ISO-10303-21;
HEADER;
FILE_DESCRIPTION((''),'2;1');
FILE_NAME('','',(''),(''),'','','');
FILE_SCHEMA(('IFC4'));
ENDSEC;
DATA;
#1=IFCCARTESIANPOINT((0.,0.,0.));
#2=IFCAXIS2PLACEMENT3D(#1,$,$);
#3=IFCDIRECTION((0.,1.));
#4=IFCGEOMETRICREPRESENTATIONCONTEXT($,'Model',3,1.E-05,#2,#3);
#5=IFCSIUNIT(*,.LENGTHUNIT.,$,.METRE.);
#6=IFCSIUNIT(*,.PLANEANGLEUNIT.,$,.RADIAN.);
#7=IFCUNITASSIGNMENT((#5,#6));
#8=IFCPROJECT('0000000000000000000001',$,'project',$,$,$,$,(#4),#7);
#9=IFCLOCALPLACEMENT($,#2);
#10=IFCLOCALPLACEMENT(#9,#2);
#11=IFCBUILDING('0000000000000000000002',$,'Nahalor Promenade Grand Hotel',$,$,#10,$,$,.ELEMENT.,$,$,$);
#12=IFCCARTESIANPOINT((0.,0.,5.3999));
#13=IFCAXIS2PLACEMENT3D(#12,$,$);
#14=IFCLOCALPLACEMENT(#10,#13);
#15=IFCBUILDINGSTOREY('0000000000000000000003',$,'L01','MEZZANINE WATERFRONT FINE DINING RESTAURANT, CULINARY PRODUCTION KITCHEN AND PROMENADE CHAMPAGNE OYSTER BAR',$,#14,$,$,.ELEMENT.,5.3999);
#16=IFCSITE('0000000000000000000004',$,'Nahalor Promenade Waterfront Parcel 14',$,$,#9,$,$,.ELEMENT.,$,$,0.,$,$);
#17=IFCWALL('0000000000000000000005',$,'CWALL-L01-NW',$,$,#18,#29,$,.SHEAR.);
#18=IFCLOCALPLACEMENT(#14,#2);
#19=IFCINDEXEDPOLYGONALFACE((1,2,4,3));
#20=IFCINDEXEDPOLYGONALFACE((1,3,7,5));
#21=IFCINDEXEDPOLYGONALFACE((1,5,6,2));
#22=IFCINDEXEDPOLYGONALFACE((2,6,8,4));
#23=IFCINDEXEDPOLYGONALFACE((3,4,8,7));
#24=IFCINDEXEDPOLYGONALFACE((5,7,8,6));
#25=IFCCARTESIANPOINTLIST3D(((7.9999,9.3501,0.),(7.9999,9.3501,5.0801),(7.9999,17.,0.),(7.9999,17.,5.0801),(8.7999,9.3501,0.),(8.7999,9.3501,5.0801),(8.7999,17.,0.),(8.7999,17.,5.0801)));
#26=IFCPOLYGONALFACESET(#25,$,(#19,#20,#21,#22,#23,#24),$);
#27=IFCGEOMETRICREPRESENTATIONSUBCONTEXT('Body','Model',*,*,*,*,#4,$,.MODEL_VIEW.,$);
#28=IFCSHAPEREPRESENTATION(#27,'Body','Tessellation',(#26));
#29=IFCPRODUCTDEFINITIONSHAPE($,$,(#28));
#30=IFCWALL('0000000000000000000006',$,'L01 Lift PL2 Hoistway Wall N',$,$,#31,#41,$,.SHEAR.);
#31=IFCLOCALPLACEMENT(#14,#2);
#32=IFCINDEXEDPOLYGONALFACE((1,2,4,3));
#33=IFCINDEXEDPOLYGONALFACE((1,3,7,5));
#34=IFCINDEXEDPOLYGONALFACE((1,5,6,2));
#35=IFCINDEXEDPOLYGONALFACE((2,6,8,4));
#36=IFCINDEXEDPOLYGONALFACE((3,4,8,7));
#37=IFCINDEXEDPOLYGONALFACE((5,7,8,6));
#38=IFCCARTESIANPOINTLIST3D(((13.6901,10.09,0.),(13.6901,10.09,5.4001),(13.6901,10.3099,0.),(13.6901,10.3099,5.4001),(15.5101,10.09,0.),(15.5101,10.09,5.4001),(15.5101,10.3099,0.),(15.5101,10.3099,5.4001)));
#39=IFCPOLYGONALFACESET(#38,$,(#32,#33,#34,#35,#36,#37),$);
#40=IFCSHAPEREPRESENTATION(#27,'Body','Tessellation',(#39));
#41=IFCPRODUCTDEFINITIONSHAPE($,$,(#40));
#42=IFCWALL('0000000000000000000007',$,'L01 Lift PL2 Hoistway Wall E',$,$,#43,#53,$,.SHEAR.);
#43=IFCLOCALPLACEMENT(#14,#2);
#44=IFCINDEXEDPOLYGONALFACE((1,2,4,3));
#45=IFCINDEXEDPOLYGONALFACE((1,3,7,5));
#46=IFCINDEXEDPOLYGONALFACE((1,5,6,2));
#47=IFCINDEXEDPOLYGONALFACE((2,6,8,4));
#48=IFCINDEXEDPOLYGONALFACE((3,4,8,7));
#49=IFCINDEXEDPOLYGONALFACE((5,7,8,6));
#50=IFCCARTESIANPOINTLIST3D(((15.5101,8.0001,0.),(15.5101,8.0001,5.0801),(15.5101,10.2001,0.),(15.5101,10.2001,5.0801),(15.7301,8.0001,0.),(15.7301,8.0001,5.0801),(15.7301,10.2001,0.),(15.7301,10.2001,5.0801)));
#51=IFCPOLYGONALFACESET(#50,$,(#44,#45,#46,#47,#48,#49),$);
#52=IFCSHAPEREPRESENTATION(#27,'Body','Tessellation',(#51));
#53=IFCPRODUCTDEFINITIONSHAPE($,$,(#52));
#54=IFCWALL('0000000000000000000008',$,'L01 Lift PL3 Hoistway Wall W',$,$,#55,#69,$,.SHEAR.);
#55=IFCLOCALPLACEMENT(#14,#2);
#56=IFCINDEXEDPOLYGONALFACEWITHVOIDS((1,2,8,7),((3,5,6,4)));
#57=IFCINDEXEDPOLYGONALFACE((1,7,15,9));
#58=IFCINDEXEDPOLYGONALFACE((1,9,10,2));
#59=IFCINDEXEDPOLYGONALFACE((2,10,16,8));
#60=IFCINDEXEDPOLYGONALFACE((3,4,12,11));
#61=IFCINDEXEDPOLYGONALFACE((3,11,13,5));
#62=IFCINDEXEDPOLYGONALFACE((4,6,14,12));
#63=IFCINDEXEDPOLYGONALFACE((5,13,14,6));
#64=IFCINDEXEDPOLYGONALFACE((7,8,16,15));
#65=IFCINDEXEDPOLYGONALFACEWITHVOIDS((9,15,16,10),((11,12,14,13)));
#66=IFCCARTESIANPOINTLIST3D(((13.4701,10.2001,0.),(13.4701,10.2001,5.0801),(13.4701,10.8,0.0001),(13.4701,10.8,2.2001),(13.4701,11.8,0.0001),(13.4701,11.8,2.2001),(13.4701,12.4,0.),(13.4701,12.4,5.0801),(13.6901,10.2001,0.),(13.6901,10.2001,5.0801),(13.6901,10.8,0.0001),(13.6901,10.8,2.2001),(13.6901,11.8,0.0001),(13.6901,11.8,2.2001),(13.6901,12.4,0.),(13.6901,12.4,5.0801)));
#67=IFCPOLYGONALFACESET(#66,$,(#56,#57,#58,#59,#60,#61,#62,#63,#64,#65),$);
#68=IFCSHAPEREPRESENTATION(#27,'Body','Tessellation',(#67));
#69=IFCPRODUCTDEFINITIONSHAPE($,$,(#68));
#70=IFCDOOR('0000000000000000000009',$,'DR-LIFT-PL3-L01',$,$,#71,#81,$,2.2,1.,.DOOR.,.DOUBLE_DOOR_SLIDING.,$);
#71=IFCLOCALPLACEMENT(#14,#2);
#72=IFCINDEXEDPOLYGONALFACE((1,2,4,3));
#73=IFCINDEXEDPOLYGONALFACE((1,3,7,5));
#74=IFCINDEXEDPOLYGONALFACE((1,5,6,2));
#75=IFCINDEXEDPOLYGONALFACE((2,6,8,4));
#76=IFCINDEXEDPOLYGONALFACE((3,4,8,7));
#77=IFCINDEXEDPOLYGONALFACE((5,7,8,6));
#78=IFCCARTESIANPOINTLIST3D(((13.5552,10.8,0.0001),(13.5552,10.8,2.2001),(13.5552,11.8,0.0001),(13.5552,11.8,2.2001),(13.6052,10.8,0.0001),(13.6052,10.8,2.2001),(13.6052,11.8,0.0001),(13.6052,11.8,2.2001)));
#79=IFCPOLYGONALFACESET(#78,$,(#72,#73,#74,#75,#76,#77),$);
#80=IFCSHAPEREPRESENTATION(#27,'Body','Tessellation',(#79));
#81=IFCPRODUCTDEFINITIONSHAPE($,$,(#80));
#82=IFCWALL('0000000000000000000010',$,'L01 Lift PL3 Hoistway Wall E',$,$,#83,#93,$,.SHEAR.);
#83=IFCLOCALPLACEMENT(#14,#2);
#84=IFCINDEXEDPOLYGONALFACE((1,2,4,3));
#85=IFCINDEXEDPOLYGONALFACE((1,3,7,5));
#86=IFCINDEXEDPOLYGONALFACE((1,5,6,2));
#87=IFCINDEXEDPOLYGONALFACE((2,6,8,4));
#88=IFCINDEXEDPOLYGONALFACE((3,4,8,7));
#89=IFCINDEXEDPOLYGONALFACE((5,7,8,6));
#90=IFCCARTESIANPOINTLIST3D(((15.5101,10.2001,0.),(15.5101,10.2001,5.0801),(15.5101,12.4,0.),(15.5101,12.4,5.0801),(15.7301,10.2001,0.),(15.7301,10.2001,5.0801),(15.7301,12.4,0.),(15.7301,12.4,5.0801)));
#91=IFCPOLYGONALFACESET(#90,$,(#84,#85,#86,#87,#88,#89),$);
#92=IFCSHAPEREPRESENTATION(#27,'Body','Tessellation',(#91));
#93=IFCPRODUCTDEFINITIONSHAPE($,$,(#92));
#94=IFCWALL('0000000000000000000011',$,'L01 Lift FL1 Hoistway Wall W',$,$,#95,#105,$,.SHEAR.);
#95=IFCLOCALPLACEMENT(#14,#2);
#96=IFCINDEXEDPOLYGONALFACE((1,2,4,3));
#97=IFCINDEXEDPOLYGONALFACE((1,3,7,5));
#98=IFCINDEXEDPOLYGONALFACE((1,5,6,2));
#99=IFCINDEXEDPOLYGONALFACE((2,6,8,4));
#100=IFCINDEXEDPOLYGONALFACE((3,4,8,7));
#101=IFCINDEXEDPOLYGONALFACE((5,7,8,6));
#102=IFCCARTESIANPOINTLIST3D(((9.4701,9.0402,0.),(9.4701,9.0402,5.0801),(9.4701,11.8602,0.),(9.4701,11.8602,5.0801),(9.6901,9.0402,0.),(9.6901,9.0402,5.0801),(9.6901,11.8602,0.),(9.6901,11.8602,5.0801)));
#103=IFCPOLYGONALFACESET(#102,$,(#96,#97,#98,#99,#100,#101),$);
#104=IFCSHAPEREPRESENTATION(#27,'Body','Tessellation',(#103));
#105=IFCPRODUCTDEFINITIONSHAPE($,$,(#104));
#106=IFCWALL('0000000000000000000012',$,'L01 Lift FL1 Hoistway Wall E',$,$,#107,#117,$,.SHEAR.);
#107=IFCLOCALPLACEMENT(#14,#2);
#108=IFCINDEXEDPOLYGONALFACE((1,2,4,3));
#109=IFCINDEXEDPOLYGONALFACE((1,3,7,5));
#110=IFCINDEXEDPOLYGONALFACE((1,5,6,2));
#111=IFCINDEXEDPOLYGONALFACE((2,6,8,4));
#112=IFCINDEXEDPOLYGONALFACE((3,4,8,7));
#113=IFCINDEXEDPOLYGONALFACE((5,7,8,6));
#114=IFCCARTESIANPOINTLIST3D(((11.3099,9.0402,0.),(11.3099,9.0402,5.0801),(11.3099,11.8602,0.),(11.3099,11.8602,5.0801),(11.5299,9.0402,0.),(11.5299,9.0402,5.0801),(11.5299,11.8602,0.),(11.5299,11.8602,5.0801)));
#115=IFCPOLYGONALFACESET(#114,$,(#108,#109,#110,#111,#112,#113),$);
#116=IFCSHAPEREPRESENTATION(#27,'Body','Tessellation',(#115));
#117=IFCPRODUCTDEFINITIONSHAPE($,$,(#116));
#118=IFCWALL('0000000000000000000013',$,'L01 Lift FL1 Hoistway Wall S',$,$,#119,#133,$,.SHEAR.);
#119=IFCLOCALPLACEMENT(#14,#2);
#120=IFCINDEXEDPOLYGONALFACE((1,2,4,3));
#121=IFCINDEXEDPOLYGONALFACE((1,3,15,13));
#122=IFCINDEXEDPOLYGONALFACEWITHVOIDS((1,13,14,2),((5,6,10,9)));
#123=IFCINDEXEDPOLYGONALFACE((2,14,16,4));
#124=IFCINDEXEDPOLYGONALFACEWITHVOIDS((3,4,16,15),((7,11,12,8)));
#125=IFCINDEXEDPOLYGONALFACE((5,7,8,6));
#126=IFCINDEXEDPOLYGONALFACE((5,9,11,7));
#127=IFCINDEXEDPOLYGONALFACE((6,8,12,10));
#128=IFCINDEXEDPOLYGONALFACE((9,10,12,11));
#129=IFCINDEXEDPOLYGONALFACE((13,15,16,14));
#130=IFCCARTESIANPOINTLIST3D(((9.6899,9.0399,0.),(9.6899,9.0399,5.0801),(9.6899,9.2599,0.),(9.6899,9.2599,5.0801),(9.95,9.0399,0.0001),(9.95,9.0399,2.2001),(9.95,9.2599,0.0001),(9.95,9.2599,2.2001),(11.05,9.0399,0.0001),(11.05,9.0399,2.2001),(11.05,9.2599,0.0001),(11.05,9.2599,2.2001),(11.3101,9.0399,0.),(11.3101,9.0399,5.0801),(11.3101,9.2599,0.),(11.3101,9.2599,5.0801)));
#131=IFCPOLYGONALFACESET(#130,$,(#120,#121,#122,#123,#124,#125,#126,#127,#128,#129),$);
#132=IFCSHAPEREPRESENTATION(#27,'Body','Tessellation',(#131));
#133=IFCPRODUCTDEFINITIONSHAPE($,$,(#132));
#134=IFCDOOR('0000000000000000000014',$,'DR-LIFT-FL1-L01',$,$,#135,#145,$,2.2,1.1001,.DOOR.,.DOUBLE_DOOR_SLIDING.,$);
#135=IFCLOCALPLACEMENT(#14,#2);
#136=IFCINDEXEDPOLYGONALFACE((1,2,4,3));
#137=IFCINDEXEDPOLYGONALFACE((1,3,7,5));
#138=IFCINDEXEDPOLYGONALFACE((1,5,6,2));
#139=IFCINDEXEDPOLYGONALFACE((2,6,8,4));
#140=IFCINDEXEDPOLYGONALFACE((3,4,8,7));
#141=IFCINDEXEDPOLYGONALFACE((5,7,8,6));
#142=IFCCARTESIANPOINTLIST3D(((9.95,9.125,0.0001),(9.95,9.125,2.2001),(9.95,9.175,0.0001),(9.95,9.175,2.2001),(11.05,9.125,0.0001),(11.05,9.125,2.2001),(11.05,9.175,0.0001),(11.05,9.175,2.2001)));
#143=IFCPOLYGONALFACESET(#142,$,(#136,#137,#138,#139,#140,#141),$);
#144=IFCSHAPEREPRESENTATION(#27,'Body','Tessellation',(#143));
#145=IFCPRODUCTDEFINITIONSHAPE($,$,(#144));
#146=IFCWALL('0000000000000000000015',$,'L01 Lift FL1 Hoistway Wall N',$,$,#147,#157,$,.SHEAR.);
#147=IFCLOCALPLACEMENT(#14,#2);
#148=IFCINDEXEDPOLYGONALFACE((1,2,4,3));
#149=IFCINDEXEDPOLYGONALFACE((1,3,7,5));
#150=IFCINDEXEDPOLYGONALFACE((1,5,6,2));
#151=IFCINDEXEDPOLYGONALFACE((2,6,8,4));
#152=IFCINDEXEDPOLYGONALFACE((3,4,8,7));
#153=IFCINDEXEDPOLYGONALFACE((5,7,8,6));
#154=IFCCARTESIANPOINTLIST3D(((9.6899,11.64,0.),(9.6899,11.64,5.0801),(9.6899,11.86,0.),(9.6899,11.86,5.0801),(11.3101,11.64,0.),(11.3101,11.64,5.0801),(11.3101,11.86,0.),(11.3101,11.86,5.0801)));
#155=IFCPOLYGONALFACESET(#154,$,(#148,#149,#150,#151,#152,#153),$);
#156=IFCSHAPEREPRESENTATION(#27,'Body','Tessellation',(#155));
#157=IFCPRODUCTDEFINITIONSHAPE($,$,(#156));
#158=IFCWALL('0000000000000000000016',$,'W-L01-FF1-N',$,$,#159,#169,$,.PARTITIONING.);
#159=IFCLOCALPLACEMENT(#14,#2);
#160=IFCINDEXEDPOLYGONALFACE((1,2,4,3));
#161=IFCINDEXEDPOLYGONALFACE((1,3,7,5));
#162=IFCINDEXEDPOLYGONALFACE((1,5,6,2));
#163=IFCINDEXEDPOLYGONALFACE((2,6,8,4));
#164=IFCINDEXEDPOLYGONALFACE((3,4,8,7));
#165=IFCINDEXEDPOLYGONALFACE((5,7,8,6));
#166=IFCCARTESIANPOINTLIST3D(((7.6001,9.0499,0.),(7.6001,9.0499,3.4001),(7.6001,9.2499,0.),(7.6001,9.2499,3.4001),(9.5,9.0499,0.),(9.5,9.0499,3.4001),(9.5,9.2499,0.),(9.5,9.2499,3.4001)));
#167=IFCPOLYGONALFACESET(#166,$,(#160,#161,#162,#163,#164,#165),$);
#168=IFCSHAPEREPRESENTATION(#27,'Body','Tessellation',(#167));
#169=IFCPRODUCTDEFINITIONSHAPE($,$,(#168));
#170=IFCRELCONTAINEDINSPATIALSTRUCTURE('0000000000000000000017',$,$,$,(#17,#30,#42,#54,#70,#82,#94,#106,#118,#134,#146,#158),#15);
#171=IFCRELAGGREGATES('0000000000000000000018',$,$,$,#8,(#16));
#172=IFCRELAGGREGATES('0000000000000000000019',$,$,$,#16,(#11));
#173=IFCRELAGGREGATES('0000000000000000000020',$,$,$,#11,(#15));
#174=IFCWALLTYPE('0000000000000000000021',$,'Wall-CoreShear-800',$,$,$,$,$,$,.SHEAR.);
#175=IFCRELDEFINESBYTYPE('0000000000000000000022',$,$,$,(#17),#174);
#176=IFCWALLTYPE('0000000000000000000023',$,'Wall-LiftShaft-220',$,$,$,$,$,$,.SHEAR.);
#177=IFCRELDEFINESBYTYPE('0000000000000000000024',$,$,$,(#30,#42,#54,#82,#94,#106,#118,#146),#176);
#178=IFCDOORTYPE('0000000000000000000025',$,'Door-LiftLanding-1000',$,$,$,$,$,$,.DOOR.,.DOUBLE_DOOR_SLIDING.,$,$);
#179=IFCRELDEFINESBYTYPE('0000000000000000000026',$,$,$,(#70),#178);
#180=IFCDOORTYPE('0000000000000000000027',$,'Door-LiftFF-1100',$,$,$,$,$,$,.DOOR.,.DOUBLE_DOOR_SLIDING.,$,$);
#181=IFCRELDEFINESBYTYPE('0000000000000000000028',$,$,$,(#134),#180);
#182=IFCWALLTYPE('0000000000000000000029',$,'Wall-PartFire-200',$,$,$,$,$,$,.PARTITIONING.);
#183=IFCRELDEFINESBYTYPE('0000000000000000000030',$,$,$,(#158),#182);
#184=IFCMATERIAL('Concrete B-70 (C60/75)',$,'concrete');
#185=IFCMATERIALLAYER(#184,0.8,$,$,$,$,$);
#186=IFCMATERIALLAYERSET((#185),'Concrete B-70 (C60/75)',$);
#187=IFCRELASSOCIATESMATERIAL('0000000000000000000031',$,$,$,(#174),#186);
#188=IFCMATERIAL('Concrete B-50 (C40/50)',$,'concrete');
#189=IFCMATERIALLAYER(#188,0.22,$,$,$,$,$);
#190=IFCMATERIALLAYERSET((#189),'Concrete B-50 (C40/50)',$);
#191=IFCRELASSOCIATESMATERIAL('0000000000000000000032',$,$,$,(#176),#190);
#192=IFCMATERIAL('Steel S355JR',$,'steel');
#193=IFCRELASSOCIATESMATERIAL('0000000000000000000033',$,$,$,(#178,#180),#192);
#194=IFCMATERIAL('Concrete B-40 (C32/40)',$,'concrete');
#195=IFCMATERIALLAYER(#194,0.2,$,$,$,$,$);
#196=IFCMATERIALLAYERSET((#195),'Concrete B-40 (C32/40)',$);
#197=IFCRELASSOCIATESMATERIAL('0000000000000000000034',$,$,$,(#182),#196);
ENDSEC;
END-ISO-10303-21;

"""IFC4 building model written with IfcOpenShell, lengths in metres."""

from ifc_helpers import new_model, si_unit, direction, frame, frame_2d, origin, place, context, subcontext, project, spatial, rectangle, extrude, source, transform, mapped, material, layer, layer_set, type_object, element, fill, save


model = new_model("IFC4")

# Units and contexts
model_context = context("Model", 3, precision=1e-05, world=origin(), true_north=direction((0.0, 1.0)))
body_context = subcontext(model_context, "Body", "Model", "MODEL_VIEW")
ifc_project = project(units=[si_unit("LENGTHUNIT", "METRE"), si_unit("PLANEANGLEUNIT", "RADIAN")], contexts=[model_context])

# Site, building, storey
site_placement = place(None, origin())
site = spatial("IfcSite", under=ifc_project, at=site_placement, Name="Nahalor Promenade Waterfront Parcel 14", CompositionType="ELEMENT", RefElevation=0.0)
building_placement = place(site_placement, origin())
building = spatial("IfcBuilding", under=site, at=building_placement, Name="Nahalor Promenade Grand Hotel", CompositionType="ELEMENT")
storey_placement = place(building_placement, frame((0.0, 0.0, 5.3999)))
storey = spatial("IfcBuildingStorey", under=building, at=storey_placement, Name="L01", Description="MEZZANINE WATERFRONT FINE DINING RESTAURANT, CULINARY PRODUCTION KITCHEN AND PROMENADE CHAMPAGNE OYSTER BAR", CompositionType="ELEMENT", Elevation=5.3999)

# Walls
ifc_material_1 = material(Name="Concrete B-70 (C60/75)", Category="concrete")
ifc_layer_1 = layer(ifc_material_1, 0.8)
ifc_layer_set_1 = layer_set([ifc_layer_1], Name="Concrete B-70 (C60/75)")
wall_type_1 = type_object("IfcWallType", Name="Wall-CoreShear-800", PredefinedType="SHEAR", material=ifc_layer_set_1)
shared_shape_1 = source(origin(), body_context, "Body", "SweptSolid", [
    extrude(rectangle(XDim=7.6499, YDim=0.8, at=frame_2d((3.825, 0.0))), origin(), (0.0, 0.0, 1.0), 5.0801),
])
wall_1_placement = place(storey_placement, frame((8.3999, 9.3501, 0.0), z_axis=(0.0, 0.0, 1.0), x_axis=(0.0, 1.0, 0.0)))
element("IfcWall", 1, at=wall_1_placement, inside=storey, type_object=wall_type_1, Name="CWALL-L01-NW", PredefinedType="SHEAR", context=body_context, shape_type="MappedRepresentation", body=[
    mapped(shared_shape_1, transform((0.0, 0.0, 0.0), scale=1.0)),
])
ifc_material_2 = material(Name="Concrete B-50 (C40/50)", Category="concrete")
ifc_layer_2 = layer(ifc_material_2, 0.22)
ifc_layer_set_2 = layer_set([ifc_layer_2], Name="Concrete B-50 (C40/50)")
wall_type_2 = type_object("IfcWallType", Name="Wall-LiftShaft-220", PredefinedType="SHEAR", material=ifc_layer_set_2)
shared_shape_2 = source(origin(), body_context, "Body", "SweptSolid", [
    extrude(rectangle(XDim=1.8201, YDim=0.22, at=frame_2d((0.9102, 0.0))), origin(), (0.0, 0.0, 1.0), 5.4001),
])
wall_2_placement = place(storey_placement, frame((13.6899, 10.2, 0.0), z_axis=(0.0, 0.0, 1.0), x_axis=(1.0, 0.0, 0.0)))
element("IfcWall", 2, at=wall_2_placement, inside=storey, type_object=wall_type_2, Name="L01 Lift PL2 Hoistway Wall N", PredefinedType="SHEAR", context=body_context, shape_type="MappedRepresentation", body=[
    mapped(shared_shape_2, transform((0.0, 0.0, 0.0), scale=1.0)),
])
shared_shape_3 = source(origin(), body_context, "Body", "SweptSolid", [
    extrude(rectangle(XDim=2.2, YDim=0.22, at=frame_2d((1.1001, 0.0))), origin(), (0.0, 0.0, 1.0), 5.0801),
])
wall_3_placement = place(storey_placement, frame((15.6201, 8.0, 0.0), z_axis=(0.0, 0.0, 1.0), x_axis=(0.0, 1.0, 0.0)))
element("IfcWall", 3, at=wall_3_placement, inside=storey, type_object=wall_type_2, Name="L01 Lift PL2 Hoistway Wall E", PredefinedType="SHEAR", context=body_context, shape_type="MappedRepresentation", body=[
    mapped(shared_shape_3, transform((0.0, 0.0, 0.0), scale=1.0)),
])

# Wall, opening, door
wall_4_placement = place(storey_placement, frame((13.5801, 10.2, 0.0), z_axis=(0.0, 0.0, 1.0), x_axis=(0.0, 1.0, 0.0)))
wall_4 = element("IfcWall", 4, at=wall_4_placement, inside=storey, type_object=wall_type_2, Name="L01 Lift PL3 Hoistway Wall W", PredefinedType="SHEAR", context=body_context, shape_type="MappedRepresentation", body=[
    mapped(shared_shape_3, transform((0.0, 0.0, 0.0), scale=1.0)),
])
opening_1_placement = place(wall_4_placement, frame((0.6001, 0.0, 0.0)))
opening_1 = element("IfcOpeningElement", 5, at=opening_1_placement, cuts=wall_4, PredefinedType="OPENING", context=body_context, shape_type="SweptSolid", body=[
    extrude(rectangle(XDim=1.0, YDim=2.2, at=frame_2d((0.5, 1.1001))), frame((0.0, 0.1199, 0.0), z_axis=(0.0, -1.0, 0.0), x_axis=(1.0, 0.0, 0.0)), (0.0, 0.0, 1.0), 0.24),
])
ifc_material_3 = material(Name="Steel S355JR", Category="steel")
door_type_1 = type_object("IfcDoorType", Name="Door-LiftLanding-1000", OperationType="DOUBLE_DOOR_SLIDING", PredefinedType="DOOR", material=ifc_material_3)
shared_shape_4 = source(origin(), body_context, "Body", "SweptSolid", [
    extrude(rectangle(XDim=1.0, YDim=2.2, at=frame_2d((0.5, 1.1001))), frame((0.0, 0.0249, 0.0), z_axis=(0.0, -1.0, 0.0), x_axis=(1.0, 0.0, 0.0)), (0.0, 0.0, 1.0), 0.05),
])
door_1_placement = place(opening_1_placement, origin())
door_1 = element("IfcDoor", 6, at=door_1_placement, inside=storey, type_object=door_type_1, Name="DR-LIFT-PL3-L01", OperationType="DOUBLE_DOOR_SLIDING", OverallHeight=2.2, OverallWidth=1.0, PredefinedType="DOOR", context=body_context, shape_type="MappedRepresentation", body=[
    mapped(shared_shape_4, transform((0.0, 0.0, 0.0), scale=1.0)),
])
fill(opening_1, door_1)

# Walls
wall_5_placement = place(storey_placement, frame((15.6201, 10.2, 0.0), z_axis=(0.0, 0.0, 1.0), x_axis=(0.0, 1.0, 0.0)))
element("IfcWall", 7, at=wall_5_placement, inside=storey, type_object=wall_type_2, Name="L01 Lift PL3 Hoistway Wall E", PredefinedType="SHEAR", context=body_context, shape_type="MappedRepresentation", body=[
    mapped(shared_shape_3, transform((0.0, 0.0, 0.0), scale=1.0)),
])
shared_shape_5 = source(origin(), body_context, "Body", "SweptSolid", [
    extrude(rectangle(XDim=2.8201, YDim=0.22, at=frame_2d((1.4102, 0.0))), origin(), (0.0, 0.0, 1.0), 5.0801),
])
for number, where, z_axis, x_axis, name in (
    (8, (9.5801, 9.04, 0.0), (0.0, 0.0, 1.0), (0.0, 1.0, 0.0), "L01 Lift FL1 Hoistway Wall W"),
    (9, (11.4199, 9.04, 0.0), (0.0, 0.0, 1.0), (0.0, 1.0, 0.0), "L01 Lift FL1 Hoistway Wall E"),
):
    element("IfcWall", number, at=place(storey_placement, frame(where, z_axis=z_axis, x_axis=x_axis)), inside=storey, type_object=wall_type_2, Name=name, PredefinedType="SHEAR", context=body_context, shape_type="MappedRepresentation", body=[
        mapped(shared_shape_5, transform((0.0, 0.0, 0.0), scale=1.0)),
    ])

# Wall, opening, door
shared_shape_6 = source(origin(), body_context, "Body", "SweptSolid", [
    extrude(rectangle(XDim=1.6201, YDim=0.22, at=frame_2d((0.8101, 0.0))), origin(), (0.0, 0.0, 1.0), 5.0801),
])
wall_6_placement = place(storey_placement, frame((9.6899, 9.1499, 0.0), z_axis=(0.0, 0.0, 1.0), x_axis=(1.0, 0.0, 0.0)))
wall_6 = element("IfcWall", 10, at=wall_6_placement, inside=storey, type_object=wall_type_2, Name="L01 Lift FL1 Hoistway Wall S", PredefinedType="SHEAR", context=body_context, shape_type="MappedRepresentation", body=[
    mapped(shared_shape_6, transform((0.0, 0.0, 0.0), scale=1.0)),
])
opening_2_placement = place(wall_6_placement, frame((0.26, 0.0, 0.0)))
opening_2 = element("IfcOpeningElement", 11, at=opening_2_placement, cuts=wall_6, PredefinedType="OPENING", context=body_context, shape_type="SweptSolid", body=[
    extrude(rectangle(XDim=1.1001, YDim=2.2, at=frame_2d((0.55, 1.1001))), frame((0.0, 0.1199, 0.0), z_axis=(0.0, -1.0, 0.0), x_axis=(1.0, 0.0, 0.0)), (0.0, 0.0, 1.0), 0.24),
])
door_type_2 = type_object("IfcDoorType", Name="Door-LiftFF-1100", OperationType="DOUBLE_DOOR_SLIDING", PredefinedType="DOOR", material=ifc_material_3)
shared_shape_7 = source(origin(), body_context, "Body", "SweptSolid", [
    extrude(rectangle(XDim=1.1001, YDim=2.2, at=frame_2d((0.55, 1.1001))), frame((0.0, 0.0249, 0.0), z_axis=(0.0, -1.0, 0.0), x_axis=(1.0, 0.0, 0.0)), (0.0, 0.0, 1.0), 0.05),
])
door_2_placement = place(opening_2_placement, frame((1.1001, 0.0, 0.0), z_axis=(0.0, 0.0, 1.0), x_axis=(-1.0, 0.0, 0.0)))
door_2 = element("IfcDoor", 12, at=door_2_placement, inside=storey, type_object=door_type_2, Name="DR-LIFT-FL1-L01", OperationType="DOUBLE_DOOR_SLIDING", OverallHeight=2.2, OverallWidth=1.1001, PredefinedType="DOOR", context=body_context, shape_type="MappedRepresentation", body=[
    mapped(shared_shape_7, transform((0.0, 0.0, 0.0), scale=1.0)),
])
fill(opening_2, door_2)

# Walls
wall_7_placement = place(storey_placement, frame((9.6899, 11.75, 0.0), z_axis=(0.0, 0.0, 1.0), x_axis=(1.0, 0.0, 0.0)))
element("IfcWall", 13, at=wall_7_placement, inside=storey, type_object=wall_type_2, Name="L01 Lift FL1 Hoistway Wall N", PredefinedType="SHEAR", context=body_context, shape_type="MappedRepresentation", body=[
    mapped(shared_shape_6, transform((0.0, 0.0, 0.0), scale=1.0)),
])
ifc_material_4 = material(Name="Concrete B-40 (C32/40)", Category="concrete")
ifc_layer_3 = layer(ifc_material_4, 0.2)
ifc_layer_set_3 = layer_set([ifc_layer_3], Name="Concrete B-40 (C32/40)")
wall_type_3 = type_object("IfcWallType", Name="Wall-PartFire-200", PredefinedType="PARTITIONING", material=ifc_layer_set_3)
shared_shape_8 = source(origin(), body_context, "Body", "SweptSolid", [
    extrude(rectangle(XDim=1.8999, YDim=0.2, at=frame_2d((0.95, 0.0))), origin(), (0.0, 0.0, 1.0), 3.4001),
])
wall_8_placement = place(storey_placement, frame((7.6001, 9.1499, 0.0), z_axis=(0.0, 0.0, 1.0), x_axis=(1.0, 0.0, 0.0)))
element("IfcWall", 14, at=wall_8_placement, inside=storey, type_object=wall_type_3, Name="W-L01-FF1-N", PredefinedType="PARTITIONING", context=body_context, shape_type="MappedRepresentation", body=[
    mapped(shared_shape_8, transform((0.0, 0.0, 0.0), scale=1.0)),
])

save(model, "model.ifc")
